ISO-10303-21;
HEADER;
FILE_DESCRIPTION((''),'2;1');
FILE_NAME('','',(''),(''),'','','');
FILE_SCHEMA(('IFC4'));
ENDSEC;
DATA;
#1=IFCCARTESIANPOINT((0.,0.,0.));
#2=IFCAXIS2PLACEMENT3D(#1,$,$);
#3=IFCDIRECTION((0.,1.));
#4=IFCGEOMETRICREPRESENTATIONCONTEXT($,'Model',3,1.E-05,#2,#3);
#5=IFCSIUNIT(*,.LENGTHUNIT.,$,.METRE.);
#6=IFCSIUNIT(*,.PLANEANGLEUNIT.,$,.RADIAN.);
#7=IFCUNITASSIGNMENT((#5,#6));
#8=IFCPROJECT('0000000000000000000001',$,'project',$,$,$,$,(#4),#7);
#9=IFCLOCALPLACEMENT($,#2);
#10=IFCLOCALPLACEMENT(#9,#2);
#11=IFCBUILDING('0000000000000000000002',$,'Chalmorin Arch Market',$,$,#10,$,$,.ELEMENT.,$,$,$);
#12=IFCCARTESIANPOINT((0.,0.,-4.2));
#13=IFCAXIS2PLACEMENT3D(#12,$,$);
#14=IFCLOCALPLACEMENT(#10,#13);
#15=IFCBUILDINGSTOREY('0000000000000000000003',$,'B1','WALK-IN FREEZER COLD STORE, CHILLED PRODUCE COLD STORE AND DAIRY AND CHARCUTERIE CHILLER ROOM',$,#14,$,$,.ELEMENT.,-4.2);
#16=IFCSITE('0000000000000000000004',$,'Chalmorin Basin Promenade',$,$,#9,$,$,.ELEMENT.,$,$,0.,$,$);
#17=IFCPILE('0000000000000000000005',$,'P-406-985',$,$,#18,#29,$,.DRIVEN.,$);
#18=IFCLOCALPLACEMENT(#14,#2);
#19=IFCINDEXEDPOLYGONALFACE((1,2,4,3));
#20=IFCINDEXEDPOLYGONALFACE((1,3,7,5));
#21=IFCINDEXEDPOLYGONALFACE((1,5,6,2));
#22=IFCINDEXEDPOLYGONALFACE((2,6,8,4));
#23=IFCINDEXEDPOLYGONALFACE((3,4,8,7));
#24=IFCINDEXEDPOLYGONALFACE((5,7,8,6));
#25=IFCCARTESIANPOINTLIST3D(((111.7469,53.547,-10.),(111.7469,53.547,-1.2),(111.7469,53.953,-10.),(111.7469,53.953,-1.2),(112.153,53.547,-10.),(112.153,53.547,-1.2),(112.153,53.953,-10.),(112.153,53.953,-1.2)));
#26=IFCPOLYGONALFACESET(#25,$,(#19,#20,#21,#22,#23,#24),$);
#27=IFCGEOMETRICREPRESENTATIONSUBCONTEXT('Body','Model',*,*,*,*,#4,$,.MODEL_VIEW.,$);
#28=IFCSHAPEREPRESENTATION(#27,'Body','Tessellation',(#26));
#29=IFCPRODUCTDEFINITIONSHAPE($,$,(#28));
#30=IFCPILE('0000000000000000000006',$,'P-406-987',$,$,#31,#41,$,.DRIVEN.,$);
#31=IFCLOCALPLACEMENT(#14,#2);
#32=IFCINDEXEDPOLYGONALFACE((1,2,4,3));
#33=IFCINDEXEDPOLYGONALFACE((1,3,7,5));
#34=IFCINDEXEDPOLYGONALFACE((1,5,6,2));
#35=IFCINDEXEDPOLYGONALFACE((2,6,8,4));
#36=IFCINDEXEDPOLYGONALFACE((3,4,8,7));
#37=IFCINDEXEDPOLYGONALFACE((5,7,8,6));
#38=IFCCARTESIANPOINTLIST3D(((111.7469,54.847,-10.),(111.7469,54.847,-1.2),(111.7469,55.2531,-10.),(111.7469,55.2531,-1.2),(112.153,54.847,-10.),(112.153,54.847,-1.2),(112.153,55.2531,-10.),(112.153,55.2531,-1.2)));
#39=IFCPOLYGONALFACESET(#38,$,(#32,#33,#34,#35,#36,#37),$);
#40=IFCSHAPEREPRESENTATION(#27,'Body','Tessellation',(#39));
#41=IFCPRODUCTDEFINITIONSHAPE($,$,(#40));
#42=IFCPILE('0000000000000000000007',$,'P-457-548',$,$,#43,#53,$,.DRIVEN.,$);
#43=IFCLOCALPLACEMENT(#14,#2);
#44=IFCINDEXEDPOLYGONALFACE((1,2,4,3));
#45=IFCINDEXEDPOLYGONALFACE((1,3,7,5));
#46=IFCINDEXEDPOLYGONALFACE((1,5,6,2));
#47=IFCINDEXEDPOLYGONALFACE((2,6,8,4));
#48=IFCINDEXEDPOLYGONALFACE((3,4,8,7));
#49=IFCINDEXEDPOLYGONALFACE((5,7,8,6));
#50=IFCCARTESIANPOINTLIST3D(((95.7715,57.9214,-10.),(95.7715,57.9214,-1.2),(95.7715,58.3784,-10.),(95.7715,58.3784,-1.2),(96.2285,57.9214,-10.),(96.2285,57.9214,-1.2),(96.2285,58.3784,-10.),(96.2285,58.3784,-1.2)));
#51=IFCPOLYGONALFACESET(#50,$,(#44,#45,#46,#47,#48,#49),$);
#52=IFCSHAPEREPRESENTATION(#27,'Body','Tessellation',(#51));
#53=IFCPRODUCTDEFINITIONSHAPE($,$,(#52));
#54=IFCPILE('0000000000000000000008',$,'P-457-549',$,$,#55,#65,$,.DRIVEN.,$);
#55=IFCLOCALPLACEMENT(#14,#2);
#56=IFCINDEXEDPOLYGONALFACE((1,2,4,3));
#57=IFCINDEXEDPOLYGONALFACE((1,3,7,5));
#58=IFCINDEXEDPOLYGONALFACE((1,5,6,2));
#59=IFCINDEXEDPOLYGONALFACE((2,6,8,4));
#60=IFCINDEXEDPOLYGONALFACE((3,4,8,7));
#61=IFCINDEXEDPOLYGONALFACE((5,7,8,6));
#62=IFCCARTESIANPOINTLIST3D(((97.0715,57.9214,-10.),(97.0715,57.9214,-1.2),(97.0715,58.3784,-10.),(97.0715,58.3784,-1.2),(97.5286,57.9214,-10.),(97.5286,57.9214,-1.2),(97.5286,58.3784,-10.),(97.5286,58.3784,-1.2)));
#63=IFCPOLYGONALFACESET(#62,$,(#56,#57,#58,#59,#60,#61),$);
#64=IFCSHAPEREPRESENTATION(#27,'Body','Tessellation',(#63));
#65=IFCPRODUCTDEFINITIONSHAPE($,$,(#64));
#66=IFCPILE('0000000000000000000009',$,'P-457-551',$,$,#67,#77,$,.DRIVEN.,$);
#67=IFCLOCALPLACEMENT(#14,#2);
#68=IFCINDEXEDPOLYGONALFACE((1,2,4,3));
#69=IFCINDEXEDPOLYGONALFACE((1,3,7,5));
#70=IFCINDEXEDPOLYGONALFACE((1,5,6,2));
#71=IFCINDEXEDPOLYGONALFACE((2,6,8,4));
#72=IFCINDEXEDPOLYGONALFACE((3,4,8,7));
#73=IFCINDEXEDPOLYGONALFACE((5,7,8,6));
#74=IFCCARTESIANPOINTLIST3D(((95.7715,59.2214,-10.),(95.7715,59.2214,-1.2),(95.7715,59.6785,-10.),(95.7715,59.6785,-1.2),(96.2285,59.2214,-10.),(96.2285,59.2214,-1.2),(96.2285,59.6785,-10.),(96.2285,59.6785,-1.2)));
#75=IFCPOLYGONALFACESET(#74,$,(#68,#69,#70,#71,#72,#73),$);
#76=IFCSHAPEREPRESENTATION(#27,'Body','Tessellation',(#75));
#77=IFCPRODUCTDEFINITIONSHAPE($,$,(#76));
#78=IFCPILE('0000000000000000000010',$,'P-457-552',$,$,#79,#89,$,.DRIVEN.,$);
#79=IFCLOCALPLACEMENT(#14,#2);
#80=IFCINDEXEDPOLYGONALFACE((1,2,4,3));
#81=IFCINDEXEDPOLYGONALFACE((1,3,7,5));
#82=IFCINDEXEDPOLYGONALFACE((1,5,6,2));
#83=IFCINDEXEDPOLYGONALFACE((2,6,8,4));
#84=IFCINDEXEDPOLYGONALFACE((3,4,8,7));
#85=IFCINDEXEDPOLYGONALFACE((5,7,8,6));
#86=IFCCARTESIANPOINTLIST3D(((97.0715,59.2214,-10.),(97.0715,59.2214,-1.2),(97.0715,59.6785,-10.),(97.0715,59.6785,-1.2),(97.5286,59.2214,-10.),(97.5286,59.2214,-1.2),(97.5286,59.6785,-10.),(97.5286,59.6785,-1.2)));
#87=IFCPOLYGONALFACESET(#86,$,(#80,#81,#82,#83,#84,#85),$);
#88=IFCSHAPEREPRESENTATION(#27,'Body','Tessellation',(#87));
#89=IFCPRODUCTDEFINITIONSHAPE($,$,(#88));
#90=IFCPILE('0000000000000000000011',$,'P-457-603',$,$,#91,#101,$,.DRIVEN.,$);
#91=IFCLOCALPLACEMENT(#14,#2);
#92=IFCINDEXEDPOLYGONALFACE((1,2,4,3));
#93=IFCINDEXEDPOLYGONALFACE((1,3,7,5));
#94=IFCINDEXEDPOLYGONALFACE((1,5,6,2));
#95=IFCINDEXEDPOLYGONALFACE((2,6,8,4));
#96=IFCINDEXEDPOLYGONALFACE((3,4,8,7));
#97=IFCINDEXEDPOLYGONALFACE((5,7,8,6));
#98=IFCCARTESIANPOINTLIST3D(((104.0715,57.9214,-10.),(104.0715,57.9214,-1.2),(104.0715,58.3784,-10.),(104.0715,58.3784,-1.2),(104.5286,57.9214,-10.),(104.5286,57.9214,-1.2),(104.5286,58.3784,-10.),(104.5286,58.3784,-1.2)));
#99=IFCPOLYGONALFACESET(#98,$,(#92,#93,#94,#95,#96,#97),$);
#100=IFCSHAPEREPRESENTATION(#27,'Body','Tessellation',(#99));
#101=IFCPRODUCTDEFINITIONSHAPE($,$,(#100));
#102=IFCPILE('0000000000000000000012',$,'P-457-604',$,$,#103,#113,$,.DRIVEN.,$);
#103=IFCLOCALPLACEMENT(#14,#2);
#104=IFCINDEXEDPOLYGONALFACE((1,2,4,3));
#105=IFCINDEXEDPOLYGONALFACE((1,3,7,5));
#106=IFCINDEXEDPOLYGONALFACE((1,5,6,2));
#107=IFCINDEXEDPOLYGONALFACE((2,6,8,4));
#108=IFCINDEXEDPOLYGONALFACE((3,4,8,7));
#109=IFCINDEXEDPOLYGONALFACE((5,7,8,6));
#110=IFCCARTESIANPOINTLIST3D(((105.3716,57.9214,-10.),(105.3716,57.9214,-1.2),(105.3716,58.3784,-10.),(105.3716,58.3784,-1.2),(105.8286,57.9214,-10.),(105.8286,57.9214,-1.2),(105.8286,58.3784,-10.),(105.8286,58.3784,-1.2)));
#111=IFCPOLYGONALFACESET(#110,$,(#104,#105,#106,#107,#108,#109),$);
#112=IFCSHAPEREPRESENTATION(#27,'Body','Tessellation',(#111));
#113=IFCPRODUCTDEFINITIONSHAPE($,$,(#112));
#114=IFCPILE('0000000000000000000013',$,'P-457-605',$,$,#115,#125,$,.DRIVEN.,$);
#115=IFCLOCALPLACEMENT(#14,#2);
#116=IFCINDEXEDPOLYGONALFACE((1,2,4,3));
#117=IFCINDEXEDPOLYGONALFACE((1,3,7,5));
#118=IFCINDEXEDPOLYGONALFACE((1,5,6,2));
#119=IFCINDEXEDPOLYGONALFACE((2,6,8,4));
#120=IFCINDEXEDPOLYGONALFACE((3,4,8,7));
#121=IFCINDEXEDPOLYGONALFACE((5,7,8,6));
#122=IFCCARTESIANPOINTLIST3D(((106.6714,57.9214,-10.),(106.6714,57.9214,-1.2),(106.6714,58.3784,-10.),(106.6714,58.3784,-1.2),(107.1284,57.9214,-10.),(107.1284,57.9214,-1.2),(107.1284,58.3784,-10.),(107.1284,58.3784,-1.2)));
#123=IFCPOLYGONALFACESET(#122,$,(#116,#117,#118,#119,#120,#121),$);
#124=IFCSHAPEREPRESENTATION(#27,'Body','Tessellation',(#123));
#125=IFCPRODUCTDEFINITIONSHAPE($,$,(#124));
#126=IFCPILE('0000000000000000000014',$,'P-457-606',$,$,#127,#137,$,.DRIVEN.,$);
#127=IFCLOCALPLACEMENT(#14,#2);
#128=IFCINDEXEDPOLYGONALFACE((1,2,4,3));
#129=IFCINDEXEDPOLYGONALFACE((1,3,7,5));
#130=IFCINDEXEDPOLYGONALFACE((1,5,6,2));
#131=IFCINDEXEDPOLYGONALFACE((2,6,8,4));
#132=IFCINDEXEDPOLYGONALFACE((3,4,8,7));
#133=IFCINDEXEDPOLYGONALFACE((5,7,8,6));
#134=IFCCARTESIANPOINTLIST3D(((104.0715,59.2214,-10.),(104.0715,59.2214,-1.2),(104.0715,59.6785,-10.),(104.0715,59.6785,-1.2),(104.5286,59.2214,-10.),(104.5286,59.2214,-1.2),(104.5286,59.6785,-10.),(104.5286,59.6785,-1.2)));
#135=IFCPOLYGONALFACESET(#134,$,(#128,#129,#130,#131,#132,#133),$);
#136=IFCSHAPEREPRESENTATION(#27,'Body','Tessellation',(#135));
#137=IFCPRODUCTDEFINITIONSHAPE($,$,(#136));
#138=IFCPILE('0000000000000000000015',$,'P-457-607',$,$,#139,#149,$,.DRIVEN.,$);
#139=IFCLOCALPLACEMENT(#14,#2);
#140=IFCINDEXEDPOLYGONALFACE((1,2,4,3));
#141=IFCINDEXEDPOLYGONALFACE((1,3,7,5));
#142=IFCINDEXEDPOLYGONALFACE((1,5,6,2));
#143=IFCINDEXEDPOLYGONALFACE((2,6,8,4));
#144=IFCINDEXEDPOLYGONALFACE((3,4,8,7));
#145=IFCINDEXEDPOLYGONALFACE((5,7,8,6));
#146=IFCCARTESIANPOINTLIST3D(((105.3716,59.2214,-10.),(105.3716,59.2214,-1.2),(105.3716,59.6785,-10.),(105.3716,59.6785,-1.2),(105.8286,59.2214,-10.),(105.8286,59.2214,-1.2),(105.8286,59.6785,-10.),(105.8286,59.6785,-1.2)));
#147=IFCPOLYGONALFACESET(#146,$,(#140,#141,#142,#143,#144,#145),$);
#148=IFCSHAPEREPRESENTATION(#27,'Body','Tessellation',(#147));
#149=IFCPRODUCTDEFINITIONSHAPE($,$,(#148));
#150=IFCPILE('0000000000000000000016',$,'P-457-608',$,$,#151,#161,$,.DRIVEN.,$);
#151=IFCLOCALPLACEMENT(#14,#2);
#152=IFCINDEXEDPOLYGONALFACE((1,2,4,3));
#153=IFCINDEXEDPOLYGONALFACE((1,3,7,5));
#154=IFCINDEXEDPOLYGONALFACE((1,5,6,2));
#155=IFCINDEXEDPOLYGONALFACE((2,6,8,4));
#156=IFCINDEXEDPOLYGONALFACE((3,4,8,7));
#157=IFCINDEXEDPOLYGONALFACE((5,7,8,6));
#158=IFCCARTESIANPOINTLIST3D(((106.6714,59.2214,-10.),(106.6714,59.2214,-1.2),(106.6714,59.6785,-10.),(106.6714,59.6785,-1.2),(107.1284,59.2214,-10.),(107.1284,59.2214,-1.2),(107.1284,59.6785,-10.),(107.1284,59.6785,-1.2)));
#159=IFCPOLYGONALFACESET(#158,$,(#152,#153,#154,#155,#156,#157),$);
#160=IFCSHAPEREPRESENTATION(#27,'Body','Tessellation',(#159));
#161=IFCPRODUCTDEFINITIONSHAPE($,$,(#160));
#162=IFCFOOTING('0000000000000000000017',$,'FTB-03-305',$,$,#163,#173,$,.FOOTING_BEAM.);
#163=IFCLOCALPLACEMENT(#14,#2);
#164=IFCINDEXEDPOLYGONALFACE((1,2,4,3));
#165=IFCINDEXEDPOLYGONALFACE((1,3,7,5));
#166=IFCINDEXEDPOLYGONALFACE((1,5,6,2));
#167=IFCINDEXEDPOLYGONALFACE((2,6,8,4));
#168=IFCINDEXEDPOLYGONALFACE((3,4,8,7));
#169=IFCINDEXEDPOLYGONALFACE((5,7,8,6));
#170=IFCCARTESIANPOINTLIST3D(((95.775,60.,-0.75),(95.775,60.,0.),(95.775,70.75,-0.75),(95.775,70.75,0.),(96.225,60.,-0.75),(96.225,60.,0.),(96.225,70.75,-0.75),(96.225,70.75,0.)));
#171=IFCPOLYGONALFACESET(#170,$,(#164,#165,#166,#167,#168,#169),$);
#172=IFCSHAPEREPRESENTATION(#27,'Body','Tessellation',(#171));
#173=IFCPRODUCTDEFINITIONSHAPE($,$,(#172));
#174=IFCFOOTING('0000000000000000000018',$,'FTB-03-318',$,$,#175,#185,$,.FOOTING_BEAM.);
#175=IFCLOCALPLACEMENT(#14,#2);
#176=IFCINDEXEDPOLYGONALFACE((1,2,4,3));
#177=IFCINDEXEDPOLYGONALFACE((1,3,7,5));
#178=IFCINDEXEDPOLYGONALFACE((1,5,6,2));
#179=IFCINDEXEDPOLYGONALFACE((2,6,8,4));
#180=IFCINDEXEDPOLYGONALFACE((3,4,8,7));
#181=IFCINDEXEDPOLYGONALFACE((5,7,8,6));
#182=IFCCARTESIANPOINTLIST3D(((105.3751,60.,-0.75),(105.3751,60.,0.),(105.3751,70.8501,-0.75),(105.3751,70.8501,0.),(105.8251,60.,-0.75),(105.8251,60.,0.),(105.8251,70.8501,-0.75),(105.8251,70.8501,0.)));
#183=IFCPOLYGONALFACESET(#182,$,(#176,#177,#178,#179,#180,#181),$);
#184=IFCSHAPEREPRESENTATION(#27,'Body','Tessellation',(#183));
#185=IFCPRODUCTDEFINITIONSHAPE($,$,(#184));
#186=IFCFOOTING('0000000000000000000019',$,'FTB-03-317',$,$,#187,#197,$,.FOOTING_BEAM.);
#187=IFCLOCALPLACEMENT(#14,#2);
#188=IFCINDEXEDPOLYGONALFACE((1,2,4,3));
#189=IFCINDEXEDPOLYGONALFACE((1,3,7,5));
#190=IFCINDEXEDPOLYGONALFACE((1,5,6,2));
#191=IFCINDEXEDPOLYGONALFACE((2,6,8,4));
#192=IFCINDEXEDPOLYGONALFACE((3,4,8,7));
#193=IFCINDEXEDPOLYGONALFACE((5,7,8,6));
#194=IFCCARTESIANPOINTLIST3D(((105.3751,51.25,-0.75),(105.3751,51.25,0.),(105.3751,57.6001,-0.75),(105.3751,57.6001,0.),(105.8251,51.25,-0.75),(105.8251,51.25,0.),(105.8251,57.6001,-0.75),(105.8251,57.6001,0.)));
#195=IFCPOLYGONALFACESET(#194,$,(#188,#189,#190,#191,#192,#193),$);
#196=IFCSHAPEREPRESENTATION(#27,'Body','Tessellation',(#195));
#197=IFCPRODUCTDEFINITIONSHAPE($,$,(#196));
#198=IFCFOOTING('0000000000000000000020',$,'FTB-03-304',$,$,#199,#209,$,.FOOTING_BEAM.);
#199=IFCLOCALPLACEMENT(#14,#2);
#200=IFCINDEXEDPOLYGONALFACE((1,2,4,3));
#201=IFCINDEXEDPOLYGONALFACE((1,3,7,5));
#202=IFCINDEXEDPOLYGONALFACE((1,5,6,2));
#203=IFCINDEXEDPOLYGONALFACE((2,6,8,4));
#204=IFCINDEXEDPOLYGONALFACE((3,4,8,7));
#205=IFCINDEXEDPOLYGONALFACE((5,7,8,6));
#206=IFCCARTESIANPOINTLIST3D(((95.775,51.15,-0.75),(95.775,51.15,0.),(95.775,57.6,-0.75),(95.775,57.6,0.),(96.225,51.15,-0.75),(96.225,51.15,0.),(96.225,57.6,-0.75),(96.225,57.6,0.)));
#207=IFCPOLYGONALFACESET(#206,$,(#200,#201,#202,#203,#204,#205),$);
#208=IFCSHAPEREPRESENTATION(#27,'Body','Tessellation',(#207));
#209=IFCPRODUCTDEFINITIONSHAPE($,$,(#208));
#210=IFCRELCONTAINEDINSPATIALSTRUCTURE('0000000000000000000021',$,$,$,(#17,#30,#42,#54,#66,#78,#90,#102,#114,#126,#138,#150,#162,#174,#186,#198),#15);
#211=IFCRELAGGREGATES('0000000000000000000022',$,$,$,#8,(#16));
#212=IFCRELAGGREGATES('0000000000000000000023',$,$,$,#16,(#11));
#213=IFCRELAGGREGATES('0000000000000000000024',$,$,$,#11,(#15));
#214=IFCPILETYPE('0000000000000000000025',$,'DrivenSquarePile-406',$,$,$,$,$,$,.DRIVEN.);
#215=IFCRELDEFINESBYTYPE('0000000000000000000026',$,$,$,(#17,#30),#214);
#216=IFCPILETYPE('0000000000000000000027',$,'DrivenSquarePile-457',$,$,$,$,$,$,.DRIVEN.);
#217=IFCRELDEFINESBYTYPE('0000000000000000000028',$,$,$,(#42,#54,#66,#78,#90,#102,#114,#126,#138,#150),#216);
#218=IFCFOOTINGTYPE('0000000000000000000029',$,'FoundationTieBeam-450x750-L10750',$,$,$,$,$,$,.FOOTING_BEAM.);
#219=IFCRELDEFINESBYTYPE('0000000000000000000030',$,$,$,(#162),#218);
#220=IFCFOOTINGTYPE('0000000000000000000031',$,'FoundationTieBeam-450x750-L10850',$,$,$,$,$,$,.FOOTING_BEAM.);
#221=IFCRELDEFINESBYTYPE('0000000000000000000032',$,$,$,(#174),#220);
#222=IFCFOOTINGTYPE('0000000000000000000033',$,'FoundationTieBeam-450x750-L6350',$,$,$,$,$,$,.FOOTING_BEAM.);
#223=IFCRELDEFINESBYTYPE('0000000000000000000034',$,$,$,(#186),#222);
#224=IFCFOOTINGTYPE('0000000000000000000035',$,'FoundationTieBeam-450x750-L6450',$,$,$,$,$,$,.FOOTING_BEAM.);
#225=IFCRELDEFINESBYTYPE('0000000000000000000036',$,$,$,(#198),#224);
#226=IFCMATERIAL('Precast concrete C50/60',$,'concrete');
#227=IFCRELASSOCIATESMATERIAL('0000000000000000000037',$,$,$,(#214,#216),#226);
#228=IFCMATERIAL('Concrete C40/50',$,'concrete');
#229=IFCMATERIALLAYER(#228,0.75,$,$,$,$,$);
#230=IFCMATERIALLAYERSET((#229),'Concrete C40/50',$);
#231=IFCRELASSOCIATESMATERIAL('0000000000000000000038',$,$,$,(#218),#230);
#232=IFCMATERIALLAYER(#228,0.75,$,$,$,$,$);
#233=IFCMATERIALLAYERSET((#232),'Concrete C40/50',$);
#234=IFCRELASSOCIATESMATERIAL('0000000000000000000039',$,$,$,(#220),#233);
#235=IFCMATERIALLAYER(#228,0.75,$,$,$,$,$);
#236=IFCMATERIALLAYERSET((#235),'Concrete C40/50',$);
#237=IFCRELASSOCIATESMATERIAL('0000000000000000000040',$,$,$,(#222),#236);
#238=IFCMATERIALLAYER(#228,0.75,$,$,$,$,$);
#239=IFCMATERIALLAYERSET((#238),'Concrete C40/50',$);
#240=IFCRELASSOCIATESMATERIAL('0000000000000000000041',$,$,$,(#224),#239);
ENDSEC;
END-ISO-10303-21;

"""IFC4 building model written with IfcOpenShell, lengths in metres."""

from ifc_helpers import new_model, si_unit, direction, frame, origin, origin_2d, place, context, subcontext, project, spatial, rectangle, extrude, material, layer, layer_set, material_profile, profile_set, type_object, element, save


model = new_model("IFC4")

# Units and contexts
model_context = context("Model", 3, precision=1e-05, world=origin(), true_north=direction((0.0, 1.0)))
body_context = subcontext(model_context, "Body", "Model", "MODEL_VIEW")
ifc_project = project(units=[si_unit("LENGTHUNIT", "METRE"), si_unit("PLANEANGLEUNIT", "RADIAN")], contexts=[model_context])

# Site, building, storey
site_placement = place(None, origin())
site = spatial("IfcSite", under=ifc_project, at=site_placement, Name="Chalmorin Basin Promenade", CompositionType="ELEMENT", RefElevation=0.0)
building_placement = place(site_placement, origin())
building = spatial("IfcBuilding", under=site, at=building_placement, Name="Chalmorin Arch Market", CompositionType="ELEMENT")
storey_placement = place(building_placement, frame((0.0, 0.0, -4.2)))
storey = spatial("IfcBuildingStorey", under=building, at=storey_placement, Name="B1", Description="WALK-IN FREEZER COLD STORE, CHILLED PRODUCE COLD STORE AND DAIRY AND CHARCUTERIE CHILLER ROOM", CompositionType="ELEMENT", Elevation=-4.2)

# Piles
ifc_material_1 = material(Name="Precast concrete C50/60", Category="concrete")
ifc_material_profile_1 = material_profile(ifc_material_1, rectangle(XDim=0.406, YDim=0.406, at=origin_2d()), Name="PPC406")
ifc_profile_set_1 = profile_set([ifc_material_profile_1], Name="Precast concrete C50/60")
pile_type_1 = type_object("IfcPileType", Name="DrivenSquarePile-406", PredefinedType="DRIVEN", material=ifc_profile_set_1)
for number, where, z_axis, x_axis, name in (
    (1, (111.95, 53.75, -1.2), (0.0, 0.0, -1.0), (1.0, 0.0, 0.0), "P-406-985"),
    (2, (111.95, 55.05, -1.2), (0.0, 0.0, -1.0), (1.0, 0.0, 0.0), "P-406-987"),
):
    element("IfcPile", number, at=place(storey_placement, frame(where, z_axis=z_axis, x_axis=x_axis)), inside=storey, type_object=pile_type_1, Name=name, PredefinedType="DRIVEN", context=body_context, shape_type="SweptSolid", body=[
        extrude(rectangle(XDim=0.406, YDim=0.406, at=origin_2d()), origin(), (0.0, 0.0, 1.0), 8.8),
    ])
ifc_material_profile_2 = material_profile(ifc_material_1, rectangle(XDim=0.457, YDim=0.457, at=origin_2d()), Name="PPC457")
ifc_profile_set_2 = profile_set([ifc_material_profile_2], Name="Precast concrete C50/60")
pile_type_2 = type_object("IfcPileType", Name="DrivenSquarePile-457", PredefinedType="DRIVEN", material=ifc_profile_set_2)
for number, where, z_axis, x_axis, name in (
    (3, (96.0, 58.1499, -1.2), (0.0, 0.0, -1.0), (1.0, 0.0, 0.0), "P-457-548"),
    (4, (97.3, 58.1499, -1.2), (0.0, 0.0, -1.0), (1.0, 0.0, 0.0), "P-457-549"),
    (5, (96.0, 59.45, -1.2), (0.0, 0.0, -1.0), (1.0, 0.0, 0.0), "P-457-551"),
    (6, (97.3, 59.45, -1.2), (0.0, 0.0, -1.0), (1.0, 0.0, 0.0), "P-457-552"),
    (7, (104.3, 58.1499, -1.2), (0.0, 0.0, -1.0), (1.0, 0.0, 0.0), "P-457-603"),
    (8, (105.6001, 58.1499, -1.2), (0.0, 0.0, -1.0), (1.0, 0.0, 0.0), "P-457-604"),
    (9, (106.8999, 58.1499, -1.2), (0.0, 0.0, -1.0), (1.0, 0.0, 0.0), "P-457-605"),
    (10, (104.3, 59.45, -1.2), (0.0, 0.0, -1.0), (1.0, 0.0, 0.0), "P-457-606"),
    (11, (105.6001, 59.45, -1.2), (0.0, 0.0, -1.0), (1.0, 0.0, 0.0), "P-457-607"),
    (12, (106.8999, 59.45, -1.2), (0.0, 0.0, -1.0), (1.0, 0.0, 0.0), "P-457-608"),
):
    element("IfcPile", number, at=place(storey_placement, frame(where, z_axis=z_axis, x_axis=x_axis)), inside=storey, type_object=pile_type_2, Name=name, PredefinedType="DRIVEN", context=body_context, shape_type="SweptSolid", body=[
        extrude(rectangle(XDim=0.457, YDim=0.457, at=origin_2d()), origin(), (0.0, 0.0, 1.0), 8.8),
    ])

# Footings
ifc_material_2 = material(Name="Concrete C40/50", Category="concrete")
ifc_layer_1 = layer(ifc_material_2, 0.75)
ifc_layer_set_1 = layer_set([ifc_layer_1], Name="Concrete C40/50")
footing_type_1 = type_object("IfcFootingType", Name="FoundationTieBeam-450x750-L10750", PredefinedType="FOOTING_BEAM", material=ifc_layer_set_1)
footing_1_placement = place(storey_placement, frame((96.0, 65.375, -0.75), z_axis=(0.0, 0.0, 1.0), x_axis=(0.0, 1.0, 0.0)))
element("IfcFooting", 13, at=footing_1_placement, inside=storey, type_object=footing_type_1, Name="FTB-03-305", PredefinedType="FOOTING_BEAM", context=body_context, shape_type="SweptSolid", body=[
    extrude(rectangle(XDim=10.75, YDim=0.45, at=origin_2d()), origin(), (0.0, 0.0, 1.0), 0.75),
])
ifc_layer_2 = layer(ifc_material_2, 0.75)
ifc_layer_set_2 = layer_set([ifc_layer_2], Name="Concrete C40/50")
footing_type_2 = type_object("IfcFootingType", Name="FoundationTieBeam-450x750-L10850", PredefinedType="FOOTING_BEAM", material=ifc_layer_set_2)
footing_2_placement = place(storey_placement, frame((105.6001, 65.425, -0.75), z_axis=(0.0, 0.0, 1.0), x_axis=(0.0, 1.0, 0.0)))
element("IfcFooting", 14, at=footing_2_placement, inside=storey, type_object=footing_type_2, Name="FTB-03-318", PredefinedType="FOOTING_BEAM", context=body_context, shape_type="SweptSolid", body=[
    extrude(rectangle(XDim=10.8501, YDim=0.45, at=origin_2d()), origin(), (0.0, 0.0, 1.0), 0.75),
])
ifc_layer_3 = layer(ifc_material_2, 0.75)
ifc_layer_set_3 = layer_set([ifc_layer_3], Name="Concrete C40/50")
footing_type_3 = type_object("IfcFootingType", Name="FoundationTieBeam-450x750-L6350", PredefinedType="FOOTING_BEAM", material=ifc_layer_set_3)
footing_3_placement = place(storey_placement, frame((105.6001, 54.425, -0.75), z_axis=(0.0, 0.0, 1.0), x_axis=(0.0, 1.0, 0.0)))
element("IfcFooting", 15, at=footing_3_placement, inside=storey, type_object=footing_type_3, Name="FTB-03-317", PredefinedType="FOOTING_BEAM", context=body_context, shape_type="SweptSolid", body=[
    extrude(rectangle(XDim=6.3501, YDim=0.45, at=origin_2d()), origin(), (0.0, 0.0, 1.0), 0.75),
])
ifc_layer_4 = layer(ifc_material_2, 0.75)
ifc_layer_set_4 = layer_set([ifc_layer_4], Name="Concrete C40/50")
footing_type_4 = type_object("IfcFootingType", Name="FoundationTieBeam-450x750-L6450", PredefinedType="FOOTING_BEAM", material=ifc_layer_set_4)
footing_4_placement = place(storey_placement, frame((96.0, 54.375, -0.75), z_axis=(0.0, 0.0, 1.0), x_axis=(0.0, 1.0, 0.0)))
element("IfcFooting", 16, at=footing_4_placement, inside=storey, type_object=footing_type_4, Name="FTB-03-304", PredefinedType="FOOTING_BEAM", context=body_context, shape_type="SweptSolid", body=[
    extrude(rectangle(XDim=6.45, YDim=0.45, at=origin_2d()), origin(), (0.0, 0.0, 1.0), 0.75),
])

save(model, "model.ifc")
